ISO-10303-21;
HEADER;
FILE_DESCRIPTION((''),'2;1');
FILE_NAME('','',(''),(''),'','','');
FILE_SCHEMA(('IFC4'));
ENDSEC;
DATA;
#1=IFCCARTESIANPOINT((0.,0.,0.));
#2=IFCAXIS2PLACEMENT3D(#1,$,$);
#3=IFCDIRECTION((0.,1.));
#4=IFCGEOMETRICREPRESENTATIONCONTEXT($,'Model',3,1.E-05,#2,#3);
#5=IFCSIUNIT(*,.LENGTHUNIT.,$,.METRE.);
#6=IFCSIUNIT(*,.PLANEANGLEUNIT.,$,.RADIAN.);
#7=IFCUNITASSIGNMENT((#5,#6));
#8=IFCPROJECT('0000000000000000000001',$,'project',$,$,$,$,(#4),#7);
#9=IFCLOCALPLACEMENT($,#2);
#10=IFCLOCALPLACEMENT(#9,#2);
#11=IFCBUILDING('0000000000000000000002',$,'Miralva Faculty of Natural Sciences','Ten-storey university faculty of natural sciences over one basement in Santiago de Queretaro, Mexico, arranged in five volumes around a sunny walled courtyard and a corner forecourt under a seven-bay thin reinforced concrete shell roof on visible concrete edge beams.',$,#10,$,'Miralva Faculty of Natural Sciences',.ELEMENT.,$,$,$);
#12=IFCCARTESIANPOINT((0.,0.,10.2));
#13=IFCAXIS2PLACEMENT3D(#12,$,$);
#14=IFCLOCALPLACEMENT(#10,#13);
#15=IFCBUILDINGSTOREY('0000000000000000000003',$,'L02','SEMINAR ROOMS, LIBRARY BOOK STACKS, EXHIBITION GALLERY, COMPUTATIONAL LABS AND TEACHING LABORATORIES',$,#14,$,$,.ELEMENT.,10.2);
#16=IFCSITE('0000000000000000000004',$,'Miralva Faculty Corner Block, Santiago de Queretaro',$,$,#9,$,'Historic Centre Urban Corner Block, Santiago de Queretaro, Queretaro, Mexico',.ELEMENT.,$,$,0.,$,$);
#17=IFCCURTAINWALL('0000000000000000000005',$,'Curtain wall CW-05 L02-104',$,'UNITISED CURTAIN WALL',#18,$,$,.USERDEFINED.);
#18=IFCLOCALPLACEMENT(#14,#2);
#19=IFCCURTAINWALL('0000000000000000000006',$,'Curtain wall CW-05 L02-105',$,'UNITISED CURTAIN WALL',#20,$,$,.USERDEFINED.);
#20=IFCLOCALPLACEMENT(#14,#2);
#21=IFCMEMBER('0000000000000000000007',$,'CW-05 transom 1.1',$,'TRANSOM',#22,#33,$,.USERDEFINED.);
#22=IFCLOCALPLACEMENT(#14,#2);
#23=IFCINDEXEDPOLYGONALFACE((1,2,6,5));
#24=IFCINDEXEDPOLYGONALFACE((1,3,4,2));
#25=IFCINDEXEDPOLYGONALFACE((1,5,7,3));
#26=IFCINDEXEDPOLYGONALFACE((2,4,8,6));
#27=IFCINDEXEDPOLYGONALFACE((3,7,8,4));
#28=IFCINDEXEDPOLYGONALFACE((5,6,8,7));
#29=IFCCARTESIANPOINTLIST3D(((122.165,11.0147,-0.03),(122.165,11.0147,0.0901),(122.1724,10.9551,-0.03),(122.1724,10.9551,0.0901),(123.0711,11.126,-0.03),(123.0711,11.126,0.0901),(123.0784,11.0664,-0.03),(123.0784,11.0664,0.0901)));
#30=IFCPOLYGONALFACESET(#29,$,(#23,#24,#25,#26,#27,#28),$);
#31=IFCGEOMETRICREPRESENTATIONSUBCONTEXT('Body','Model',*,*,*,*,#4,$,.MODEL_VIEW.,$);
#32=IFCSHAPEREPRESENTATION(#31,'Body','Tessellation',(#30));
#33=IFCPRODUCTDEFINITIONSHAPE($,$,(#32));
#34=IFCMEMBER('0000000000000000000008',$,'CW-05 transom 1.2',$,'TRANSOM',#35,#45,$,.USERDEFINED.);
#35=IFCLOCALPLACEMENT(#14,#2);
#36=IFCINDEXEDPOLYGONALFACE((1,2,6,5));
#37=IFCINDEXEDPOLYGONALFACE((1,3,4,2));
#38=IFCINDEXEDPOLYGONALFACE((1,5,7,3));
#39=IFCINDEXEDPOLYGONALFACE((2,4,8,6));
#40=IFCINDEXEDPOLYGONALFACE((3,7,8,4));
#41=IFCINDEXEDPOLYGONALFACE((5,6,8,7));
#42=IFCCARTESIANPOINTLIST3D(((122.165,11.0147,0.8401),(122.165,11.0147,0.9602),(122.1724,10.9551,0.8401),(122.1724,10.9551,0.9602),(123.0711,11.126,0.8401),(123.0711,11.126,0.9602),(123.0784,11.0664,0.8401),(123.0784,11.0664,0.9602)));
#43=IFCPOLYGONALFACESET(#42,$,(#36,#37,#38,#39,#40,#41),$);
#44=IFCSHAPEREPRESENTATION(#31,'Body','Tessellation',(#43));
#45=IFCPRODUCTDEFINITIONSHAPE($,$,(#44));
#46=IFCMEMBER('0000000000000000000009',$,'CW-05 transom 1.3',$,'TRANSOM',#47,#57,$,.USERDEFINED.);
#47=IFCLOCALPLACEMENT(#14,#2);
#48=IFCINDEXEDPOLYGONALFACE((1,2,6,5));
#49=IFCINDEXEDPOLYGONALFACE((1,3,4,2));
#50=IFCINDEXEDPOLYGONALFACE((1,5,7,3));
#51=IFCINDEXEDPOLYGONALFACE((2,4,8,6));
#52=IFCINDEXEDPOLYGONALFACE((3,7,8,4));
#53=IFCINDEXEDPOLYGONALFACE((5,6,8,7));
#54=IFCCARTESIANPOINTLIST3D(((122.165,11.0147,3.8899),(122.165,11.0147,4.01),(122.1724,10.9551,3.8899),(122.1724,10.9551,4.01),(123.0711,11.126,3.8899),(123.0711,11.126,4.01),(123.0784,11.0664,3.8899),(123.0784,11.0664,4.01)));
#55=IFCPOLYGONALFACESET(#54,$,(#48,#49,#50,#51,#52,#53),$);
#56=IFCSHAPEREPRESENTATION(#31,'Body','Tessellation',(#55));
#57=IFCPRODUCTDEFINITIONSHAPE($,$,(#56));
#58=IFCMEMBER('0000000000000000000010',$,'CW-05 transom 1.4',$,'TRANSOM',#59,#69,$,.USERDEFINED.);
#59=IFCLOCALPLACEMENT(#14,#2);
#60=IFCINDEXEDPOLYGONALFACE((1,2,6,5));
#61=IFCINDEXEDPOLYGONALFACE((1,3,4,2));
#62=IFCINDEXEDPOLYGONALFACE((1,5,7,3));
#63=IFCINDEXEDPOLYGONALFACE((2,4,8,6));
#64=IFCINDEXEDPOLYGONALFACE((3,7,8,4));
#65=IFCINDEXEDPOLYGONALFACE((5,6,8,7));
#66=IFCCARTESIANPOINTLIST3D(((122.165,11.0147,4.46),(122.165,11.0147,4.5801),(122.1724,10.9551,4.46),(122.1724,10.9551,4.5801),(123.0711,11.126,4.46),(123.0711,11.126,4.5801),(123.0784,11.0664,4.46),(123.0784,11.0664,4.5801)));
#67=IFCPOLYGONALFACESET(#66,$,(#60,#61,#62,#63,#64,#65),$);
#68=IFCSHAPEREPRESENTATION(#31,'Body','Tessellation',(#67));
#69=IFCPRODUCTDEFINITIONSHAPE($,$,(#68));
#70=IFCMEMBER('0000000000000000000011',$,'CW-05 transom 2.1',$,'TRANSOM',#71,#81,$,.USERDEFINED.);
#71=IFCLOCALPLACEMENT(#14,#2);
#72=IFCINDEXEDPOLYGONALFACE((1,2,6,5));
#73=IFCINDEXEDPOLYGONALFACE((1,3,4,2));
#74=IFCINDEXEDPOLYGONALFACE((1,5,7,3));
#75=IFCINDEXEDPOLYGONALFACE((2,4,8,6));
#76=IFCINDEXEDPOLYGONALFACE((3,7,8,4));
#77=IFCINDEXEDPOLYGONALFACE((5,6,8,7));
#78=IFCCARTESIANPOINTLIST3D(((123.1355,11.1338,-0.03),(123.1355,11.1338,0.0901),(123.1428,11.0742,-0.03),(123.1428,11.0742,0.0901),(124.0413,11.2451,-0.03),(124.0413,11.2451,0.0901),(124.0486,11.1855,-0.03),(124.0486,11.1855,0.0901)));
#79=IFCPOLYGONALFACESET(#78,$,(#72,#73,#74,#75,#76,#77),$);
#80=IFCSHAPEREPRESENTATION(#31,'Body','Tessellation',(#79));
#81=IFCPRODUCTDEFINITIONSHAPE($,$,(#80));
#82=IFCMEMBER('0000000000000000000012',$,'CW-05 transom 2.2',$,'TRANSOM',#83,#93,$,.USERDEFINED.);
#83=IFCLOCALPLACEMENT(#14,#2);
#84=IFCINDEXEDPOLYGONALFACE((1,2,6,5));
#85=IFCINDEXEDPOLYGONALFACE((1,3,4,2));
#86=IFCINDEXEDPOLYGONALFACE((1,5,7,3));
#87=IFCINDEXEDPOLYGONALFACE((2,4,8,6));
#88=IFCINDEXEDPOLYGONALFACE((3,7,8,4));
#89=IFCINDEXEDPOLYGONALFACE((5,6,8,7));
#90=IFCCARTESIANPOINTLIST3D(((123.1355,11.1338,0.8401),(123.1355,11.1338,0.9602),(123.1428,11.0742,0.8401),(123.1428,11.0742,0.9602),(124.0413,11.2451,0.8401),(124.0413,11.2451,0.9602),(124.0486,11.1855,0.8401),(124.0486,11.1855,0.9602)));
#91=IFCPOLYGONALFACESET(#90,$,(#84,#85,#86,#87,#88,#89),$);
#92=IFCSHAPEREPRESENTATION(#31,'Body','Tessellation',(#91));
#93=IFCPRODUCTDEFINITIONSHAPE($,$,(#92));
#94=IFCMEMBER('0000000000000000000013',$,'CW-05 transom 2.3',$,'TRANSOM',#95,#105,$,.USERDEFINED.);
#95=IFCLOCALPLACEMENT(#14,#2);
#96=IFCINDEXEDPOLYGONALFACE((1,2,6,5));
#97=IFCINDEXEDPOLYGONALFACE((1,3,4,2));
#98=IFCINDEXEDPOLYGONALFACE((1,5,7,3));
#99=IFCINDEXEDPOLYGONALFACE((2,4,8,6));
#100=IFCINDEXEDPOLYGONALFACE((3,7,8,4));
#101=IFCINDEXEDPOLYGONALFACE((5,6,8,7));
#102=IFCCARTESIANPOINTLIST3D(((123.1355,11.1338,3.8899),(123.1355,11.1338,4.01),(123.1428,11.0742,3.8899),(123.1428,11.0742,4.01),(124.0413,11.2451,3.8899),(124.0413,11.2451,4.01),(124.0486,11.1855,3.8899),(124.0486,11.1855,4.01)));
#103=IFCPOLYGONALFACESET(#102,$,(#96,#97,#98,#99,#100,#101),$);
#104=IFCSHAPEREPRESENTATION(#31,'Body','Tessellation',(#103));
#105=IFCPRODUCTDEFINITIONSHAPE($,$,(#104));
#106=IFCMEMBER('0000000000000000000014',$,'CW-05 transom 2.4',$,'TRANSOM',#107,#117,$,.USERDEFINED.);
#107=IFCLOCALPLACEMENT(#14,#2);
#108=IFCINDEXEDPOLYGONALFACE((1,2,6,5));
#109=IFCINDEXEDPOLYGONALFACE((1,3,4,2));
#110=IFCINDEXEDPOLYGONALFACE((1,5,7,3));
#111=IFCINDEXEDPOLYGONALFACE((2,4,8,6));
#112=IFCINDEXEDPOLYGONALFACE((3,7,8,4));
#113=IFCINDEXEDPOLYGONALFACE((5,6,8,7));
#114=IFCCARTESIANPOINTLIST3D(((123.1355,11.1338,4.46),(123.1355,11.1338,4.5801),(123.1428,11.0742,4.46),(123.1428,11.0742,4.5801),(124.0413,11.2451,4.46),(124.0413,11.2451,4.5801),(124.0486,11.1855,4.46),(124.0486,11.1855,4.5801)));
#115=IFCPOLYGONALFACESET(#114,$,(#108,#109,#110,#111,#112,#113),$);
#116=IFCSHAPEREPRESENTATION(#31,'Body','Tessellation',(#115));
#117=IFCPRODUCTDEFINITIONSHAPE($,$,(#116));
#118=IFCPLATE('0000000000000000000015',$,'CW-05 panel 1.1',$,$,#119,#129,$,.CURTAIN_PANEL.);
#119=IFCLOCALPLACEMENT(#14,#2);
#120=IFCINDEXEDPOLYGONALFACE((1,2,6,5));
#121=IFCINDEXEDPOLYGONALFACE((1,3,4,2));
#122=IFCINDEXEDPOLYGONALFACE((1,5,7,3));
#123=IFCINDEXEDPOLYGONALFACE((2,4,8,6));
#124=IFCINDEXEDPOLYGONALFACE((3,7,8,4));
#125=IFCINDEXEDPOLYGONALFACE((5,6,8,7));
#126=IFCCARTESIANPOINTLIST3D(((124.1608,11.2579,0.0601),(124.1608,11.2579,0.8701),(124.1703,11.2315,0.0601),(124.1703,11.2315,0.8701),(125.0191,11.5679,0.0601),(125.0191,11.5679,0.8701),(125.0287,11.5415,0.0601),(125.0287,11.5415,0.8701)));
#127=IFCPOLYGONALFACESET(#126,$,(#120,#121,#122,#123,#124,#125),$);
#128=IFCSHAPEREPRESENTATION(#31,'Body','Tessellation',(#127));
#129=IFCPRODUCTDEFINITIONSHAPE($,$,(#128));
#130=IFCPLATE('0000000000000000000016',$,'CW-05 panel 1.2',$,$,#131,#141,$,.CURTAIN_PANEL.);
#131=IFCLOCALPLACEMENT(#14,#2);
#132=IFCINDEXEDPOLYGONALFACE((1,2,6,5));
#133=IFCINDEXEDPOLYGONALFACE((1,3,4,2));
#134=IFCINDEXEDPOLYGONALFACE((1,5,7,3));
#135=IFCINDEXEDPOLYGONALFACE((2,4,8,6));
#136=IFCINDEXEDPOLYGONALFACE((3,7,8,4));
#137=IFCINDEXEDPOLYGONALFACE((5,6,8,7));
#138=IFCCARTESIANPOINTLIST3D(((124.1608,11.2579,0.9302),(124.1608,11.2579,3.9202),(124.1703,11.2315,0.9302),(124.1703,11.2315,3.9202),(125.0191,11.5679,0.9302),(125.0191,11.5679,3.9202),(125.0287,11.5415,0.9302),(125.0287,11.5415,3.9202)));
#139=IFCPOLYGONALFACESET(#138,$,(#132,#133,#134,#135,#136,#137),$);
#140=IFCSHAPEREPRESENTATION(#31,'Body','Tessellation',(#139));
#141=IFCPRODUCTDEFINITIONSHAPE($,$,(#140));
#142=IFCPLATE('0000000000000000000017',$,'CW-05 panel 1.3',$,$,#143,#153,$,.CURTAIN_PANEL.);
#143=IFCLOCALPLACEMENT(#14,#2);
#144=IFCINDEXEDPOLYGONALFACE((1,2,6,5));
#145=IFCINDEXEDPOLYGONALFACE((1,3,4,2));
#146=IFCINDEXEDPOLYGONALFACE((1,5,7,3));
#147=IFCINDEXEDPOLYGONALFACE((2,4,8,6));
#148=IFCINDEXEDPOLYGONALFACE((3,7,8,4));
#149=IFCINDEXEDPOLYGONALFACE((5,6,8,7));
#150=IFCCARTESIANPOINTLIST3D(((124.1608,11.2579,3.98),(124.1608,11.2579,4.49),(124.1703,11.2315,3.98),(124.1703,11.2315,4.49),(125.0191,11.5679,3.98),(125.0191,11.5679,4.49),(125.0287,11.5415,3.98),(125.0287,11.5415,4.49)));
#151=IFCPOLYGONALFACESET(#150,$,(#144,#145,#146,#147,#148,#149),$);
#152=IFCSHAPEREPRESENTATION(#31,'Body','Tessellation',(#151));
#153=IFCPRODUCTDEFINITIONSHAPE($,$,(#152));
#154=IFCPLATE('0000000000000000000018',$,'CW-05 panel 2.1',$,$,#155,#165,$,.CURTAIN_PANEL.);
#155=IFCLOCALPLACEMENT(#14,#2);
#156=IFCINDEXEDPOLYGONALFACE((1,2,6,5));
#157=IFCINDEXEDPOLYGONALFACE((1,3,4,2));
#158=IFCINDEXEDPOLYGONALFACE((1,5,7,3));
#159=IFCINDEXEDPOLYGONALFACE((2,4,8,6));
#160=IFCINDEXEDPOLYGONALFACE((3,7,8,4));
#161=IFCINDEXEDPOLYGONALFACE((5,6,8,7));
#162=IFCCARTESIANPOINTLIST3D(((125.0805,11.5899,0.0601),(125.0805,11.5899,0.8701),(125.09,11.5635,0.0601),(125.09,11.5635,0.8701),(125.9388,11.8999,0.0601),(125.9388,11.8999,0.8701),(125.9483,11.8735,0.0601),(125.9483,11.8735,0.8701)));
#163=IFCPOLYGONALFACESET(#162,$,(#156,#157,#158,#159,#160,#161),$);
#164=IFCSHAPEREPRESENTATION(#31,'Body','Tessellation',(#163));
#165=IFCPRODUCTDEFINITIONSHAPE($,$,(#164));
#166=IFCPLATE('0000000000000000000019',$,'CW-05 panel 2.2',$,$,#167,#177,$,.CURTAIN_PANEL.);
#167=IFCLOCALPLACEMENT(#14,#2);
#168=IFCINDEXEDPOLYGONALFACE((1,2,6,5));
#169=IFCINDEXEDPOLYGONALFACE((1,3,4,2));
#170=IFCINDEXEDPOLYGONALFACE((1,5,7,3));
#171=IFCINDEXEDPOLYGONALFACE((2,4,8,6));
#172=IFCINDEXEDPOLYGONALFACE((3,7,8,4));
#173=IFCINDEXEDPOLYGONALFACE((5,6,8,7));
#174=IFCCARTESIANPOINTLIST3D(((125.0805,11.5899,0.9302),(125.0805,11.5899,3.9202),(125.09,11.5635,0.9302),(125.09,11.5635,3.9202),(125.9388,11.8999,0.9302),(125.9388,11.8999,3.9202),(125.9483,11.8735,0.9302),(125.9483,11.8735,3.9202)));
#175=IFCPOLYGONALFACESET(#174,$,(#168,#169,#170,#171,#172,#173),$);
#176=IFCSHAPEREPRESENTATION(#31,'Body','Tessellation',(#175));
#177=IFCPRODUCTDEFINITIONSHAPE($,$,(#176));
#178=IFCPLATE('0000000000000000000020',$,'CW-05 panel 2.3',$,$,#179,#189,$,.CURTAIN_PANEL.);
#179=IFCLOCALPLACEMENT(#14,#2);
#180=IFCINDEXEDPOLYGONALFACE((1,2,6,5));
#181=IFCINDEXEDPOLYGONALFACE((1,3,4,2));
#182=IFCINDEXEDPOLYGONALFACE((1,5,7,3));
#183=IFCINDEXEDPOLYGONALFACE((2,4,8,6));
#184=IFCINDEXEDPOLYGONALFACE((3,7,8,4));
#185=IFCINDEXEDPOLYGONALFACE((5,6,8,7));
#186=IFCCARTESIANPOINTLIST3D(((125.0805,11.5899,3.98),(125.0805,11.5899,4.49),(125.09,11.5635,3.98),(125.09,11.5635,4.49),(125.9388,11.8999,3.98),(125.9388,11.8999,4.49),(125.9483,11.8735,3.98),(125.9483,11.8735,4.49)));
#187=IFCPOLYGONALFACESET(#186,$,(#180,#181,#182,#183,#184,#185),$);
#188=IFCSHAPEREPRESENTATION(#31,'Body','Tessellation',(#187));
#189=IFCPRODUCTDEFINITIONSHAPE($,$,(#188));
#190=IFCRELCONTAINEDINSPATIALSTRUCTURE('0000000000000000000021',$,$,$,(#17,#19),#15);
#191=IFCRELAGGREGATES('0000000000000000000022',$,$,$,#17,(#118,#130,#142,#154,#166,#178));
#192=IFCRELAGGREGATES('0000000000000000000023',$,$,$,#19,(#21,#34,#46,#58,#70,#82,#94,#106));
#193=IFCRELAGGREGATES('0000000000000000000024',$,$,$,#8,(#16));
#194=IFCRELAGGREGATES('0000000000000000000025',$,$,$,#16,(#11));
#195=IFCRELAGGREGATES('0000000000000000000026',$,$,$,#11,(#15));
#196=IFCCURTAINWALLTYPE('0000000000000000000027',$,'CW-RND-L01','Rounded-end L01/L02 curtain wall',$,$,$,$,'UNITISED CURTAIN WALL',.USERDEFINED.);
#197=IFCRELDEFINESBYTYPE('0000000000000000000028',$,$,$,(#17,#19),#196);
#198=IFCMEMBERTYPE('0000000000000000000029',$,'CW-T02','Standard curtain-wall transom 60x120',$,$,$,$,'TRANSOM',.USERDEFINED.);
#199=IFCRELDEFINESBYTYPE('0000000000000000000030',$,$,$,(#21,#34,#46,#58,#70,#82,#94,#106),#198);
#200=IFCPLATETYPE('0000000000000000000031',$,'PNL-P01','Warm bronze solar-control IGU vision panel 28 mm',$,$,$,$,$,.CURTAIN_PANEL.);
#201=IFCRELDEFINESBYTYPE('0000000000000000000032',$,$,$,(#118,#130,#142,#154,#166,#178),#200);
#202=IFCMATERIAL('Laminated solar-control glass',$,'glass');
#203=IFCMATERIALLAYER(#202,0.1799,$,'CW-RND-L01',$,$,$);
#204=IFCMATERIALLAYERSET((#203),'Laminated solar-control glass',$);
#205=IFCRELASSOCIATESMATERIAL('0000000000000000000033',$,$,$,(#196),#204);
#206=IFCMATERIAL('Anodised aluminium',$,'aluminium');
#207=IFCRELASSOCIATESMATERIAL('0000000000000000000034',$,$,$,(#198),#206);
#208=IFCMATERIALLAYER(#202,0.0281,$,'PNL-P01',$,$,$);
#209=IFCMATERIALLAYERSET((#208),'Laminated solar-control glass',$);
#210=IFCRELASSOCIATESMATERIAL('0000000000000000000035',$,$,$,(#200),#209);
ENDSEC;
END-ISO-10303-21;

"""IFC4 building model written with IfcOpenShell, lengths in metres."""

from ifc_helpers import new_model, si_unit, direction, frame, origin, origin_2d, place, context, subcontext, project, spatial, rectangle, extrude, material, layer, layer_set, material_profile, profile_set, type_object, element, aggregate, save


model = new_model("IFC4")

# Units and contexts
model_context = context("Model", 3, precision=1e-05, world=origin(), true_north=direction((0.0, 1.0)))
body_context = subcontext(model_context, "Body", "Model", "MODEL_VIEW")
ifc_project = project(units=[si_unit("LENGTHUNIT", "METRE"), si_unit("PLANEANGLEUNIT", "RADIAN")], contexts=[model_context])

# Site, building, storey
site_placement = place(None, origin())
site = spatial("IfcSite", under=ifc_project, at=site_placement, Name="Miralva Faculty Corner Block, Santiago de Queretaro", LongName="Historic Centre Urban Corner Block, Santiago de Queretaro, Queretaro, Mexico", CompositionType="ELEMENT", RefElevation=0.0)
building_placement = place(site_placement, origin())
building = spatial("IfcBuilding", under=site, at=building_placement, Name="Miralva Faculty of Natural Sciences", Description="Ten-storey university faculty of natural sciences over one basement in Santiago de Queretaro, Mexico, arranged in five volumes around a sunny walled courtyard and a corner forecourt under a seven-bay thin reinforced concrete shell roof on visible concrete edge beams.", LongName="Miralva Faculty of Natural Sciences", CompositionType="ELEMENT")
storey_placement = place(building_placement, frame((0.0, 0.0, 10.2)))
storey = spatial("IfcBuildingStorey", under=building, at=storey_placement, Name="L02", Description="SEMINAR ROOMS, LIBRARY BOOK STACKS, EXHIBITION GALLERY, COMPUTATIONAL LABS AND TEACHING LABORATORIES", CompositionType="ELEMENT", Elevation=10.2)

# Curtain walls
ifc_material_1 = material(Name="Laminated solar-control glass", Category="glass")
ifc_layer_1 = layer(ifc_material_1, 0.1799, Name="CW-RND-L01")
ifc_layer_set_1 = layer_set([ifc_layer_1], Name="Laminated solar-control glass")
curtain_wall_type = type_object("IfcCurtainWallType", Name="CW-RND-L01", Description="Rounded-end L01/L02 curtain wall", ElementType="UNITISED CURTAIN WALL", PredefinedType="USERDEFINED", material=ifc_layer_set_1)
curtain_wall_1_placement = place(storey_placement, origin())
curtain_wall_1 = element("IfcCurtainWall", 1, at=curtain_wall_1_placement, inside=storey, type_object=curtain_wall_type, Name="Curtain wall CW-05 L02-104", ObjectType="UNITISED CURTAIN WALL", PredefinedType="USERDEFINED")
ifc_material_2 = material(Name="Anodised aluminium", Category="aluminium")
curtain_wall_2_placement = place(storey_placement, origin())
curtain_wall_2 = element("IfcCurtainWall", 2, at=curtain_wall_2_placement, inside=storey, type_object=curtain_wall_type, Name="Curtain wall CW-05 L02-105", ObjectType="UNITISED CURTAIN WALL", PredefinedType="USERDEFINED")

# Members
ifc_material_profile_1 = material_profile(ifc_material_2, rectangle(XDim=0.0601, YDim=0.1201, at=origin_2d()), Name="TRANSOM 60x120")
ifc_profile_set_1 = profile_set([ifc_material_profile_1], Name="Anodised aluminium")
member_type_1 = type_object("IfcMemberType", Name="CW-T02", Description="Standard curtain-wall transom 60x120", ElementType="TRANSOM", PredefinedType="USERDEFINED", material=ifc_profile_set_1)
member_1_placement = place(storey_placement, frame((122.1687, 10.9849, 0.03), z_axis=(0.992535, 0.121961, 0.0), x_axis=(-0.121961, 0.992535, 0.0)))
member_1 = element("IfcMember", 3, at=member_1_placement, type_object=member_type_1, Name="CW-05 transom 1.1", ObjectType="TRANSOM", PredefinedType="USERDEFINED", context=body_context, shape_type="SweptSolid", body=[
    extrude(rectangle(XDim=0.0601, YDim=0.1201, at=origin_2d()), origin(), (0.0, 0.0, 1.0), 0.9128),
])
member_2_placement = place(storey_placement, frame((122.1687, 10.9849, 0.9001), z_axis=(0.992535, 0.121961, 0.0), x_axis=(-0.121961, 0.992535, 0.0)))
member_2 = element("IfcMember", 4, at=member_2_placement, type_object=member_type_1, Name="CW-05 transom 1.2", ObjectType="TRANSOM", PredefinedType="USERDEFINED", context=body_context, shape_type="SweptSolid", body=[
    extrude(rectangle(XDim=0.0601, YDim=0.1201, at=origin_2d()), origin(), (0.0, 0.0, 1.0), 0.9128),
])
member_3_placement = place(storey_placement, frame((122.1687, 10.9849, 3.95), z_axis=(0.992535, 0.121961, 0.0), x_axis=(-0.121961, 0.992535, 0.0)))
member_3 = element("IfcMember", 5, at=member_3_placement, type_object=member_type_1, Name="CW-05 transom 1.3", ObjectType="TRANSOM", PredefinedType="USERDEFINED", context=body_context, shape_type="SweptSolid", body=[
    extrude(rectangle(XDim=0.0601, YDim=0.1201, at=origin_2d()), origin(), (0.0, 0.0, 1.0), 0.9128),
])
member_4_placement = place(storey_placement, frame((122.1687, 10.9849, 4.52), z_axis=(0.992535, 0.121961, 0.0), x_axis=(-0.121961, 0.992535, 0.0)))
member_4 = element("IfcMember", 6, at=member_4_placement, type_object=member_type_1, Name="CW-05 transom 1.4", ObjectType="TRANSOM", PredefinedType="USERDEFINED", context=body_context, shape_type="SweptSolid", body=[
    extrude(rectangle(XDim=0.0601, YDim=0.1201, at=origin_2d()), origin(), (0.0, 0.0, 1.0), 0.9128),
])
member_5_placement = place(storey_placement, frame((123.1392, 11.104, 0.03), z_axis=(0.992531, 0.121993, 0.0), x_axis=(-0.121993, 0.992531, 0.0)))
member_5 = element("IfcMember", 7, at=member_5_placement, type_object=member_type_1, Name="CW-05 transom 2.1", ObjectType="TRANSOM", PredefinedType="USERDEFINED", context=body_context, shape_type="SweptSolid", body=[
    extrude(rectangle(XDim=0.0601, YDim=0.1201, at=origin_2d()), origin(), (0.0, 0.0, 1.0), 0.9126),
])
member_6_placement = place(storey_placement, frame((123.1392, 11.104, 0.9001), z_axis=(0.992531, 0.121993, 0.0), x_axis=(-0.121993, 0.992531, 0.0)))
member_6 = element("IfcMember", 8, at=member_6_placement, type_object=member_type_1, Name="CW-05 transom 2.2", ObjectType="TRANSOM", PredefinedType="USERDEFINED", context=body_context, shape_type="SweptSolid", body=[
    extrude(rectangle(XDim=0.0601, YDim=0.1201, at=origin_2d()), origin(), (0.0, 0.0, 1.0), 0.9126),
])
member_7_placement = place(storey_placement, frame((123.1392, 11.104, 3.95), z_axis=(0.992531, 0.121993, 0.0), x_axis=(-0.121993, 0.992531, 0.0)))
member_7 = element("IfcMember", 9, at=member_7_placement, type_object=member_type_1, Name="CW-05 transom 2.3", ObjectType="TRANSOM", PredefinedType="USERDEFINED", context=body_context, shape_type="SweptSolid", body=[
    extrude(rectangle(XDim=0.0601, YDim=0.1201, at=origin_2d()), origin(), (0.0, 0.0, 1.0), 0.9126),
])
member_8_placement = place(storey_placement, frame((123.1392, 11.104, 4.52), z_axis=(0.992531, 0.121993, 0.0), x_axis=(-0.121993, 0.992531, 0.0)))
member_8 = element("IfcMember", 10, at=member_8_placement, type_object=member_type_1, Name="CW-05 transom 2.4", ObjectType="TRANSOM", PredefinedType="USERDEFINED", context=body_context, shape_type="SweptSolid", body=[
    extrude(rectangle(XDim=0.0601, YDim=0.1201, at=origin_2d()), origin(), (0.0, 0.0, 1.0), 0.9126),
])

# Plates
ifc_layer_2 = layer(ifc_material_1, 0.0281, Name="PNL-P01")
ifc_layer_set_2 = layer_set([ifc_layer_2], Name="Laminated solar-control glass")
plate_type = type_object("IfcPlateType", Name="PNL-P01", Description="Warm bronze solar-control IGU vision panel 28 mm", PredefinedType="CURTAIN_PANEL", material=ifc_layer_set_2)
plate_1_placement = place(storey_placement, frame((124.5947, 11.3997, 0.0601), z_axis=(0.0, 0.0, 1.0), x_axis=(0.940535, 0.339696, 0.0)))
plate_1 = element("IfcPlate", 11, at=plate_1_placement, type_object=plate_type, Name="CW-05 panel 1.1", PredefinedType="CURTAIN_PANEL", context=body_context, shape_type="SweptSolid", body=[
    extrude(rectangle(XDim=0.9126, YDim=0.0281, at=origin_2d()), origin(), (0.0, 0.0, 1.0), 0.8101),
])
plate_2_placement = place(storey_placement, frame((124.5947, 11.3997, 0.9302), z_axis=(0.0, 0.0, 1.0), x_axis=(0.940535, 0.339696, 0.0)))
plate_2 = element("IfcPlate", 12, at=plate_2_placement, type_object=plate_type, Name="CW-05 panel 1.2", PredefinedType="CURTAIN_PANEL", context=body_context, shape_type="SweptSolid", body=[
    extrude(rectangle(XDim=0.9126, YDim=0.0281, at=origin_2d()), origin(), (0.0, 0.0, 1.0), 2.99),
])
plate_3_placement = place(storey_placement, frame((124.5947, 11.3997, 3.98), z_axis=(0.0, 0.0, 1.0), x_axis=(0.940535, 0.339696, 0.0)))
plate_3 = element("IfcPlate", 13, at=plate_3_placement, type_object=plate_type, Name="CW-05 panel 1.3", PredefinedType="CURTAIN_PANEL", context=body_context, shape_type="SweptSolid", body=[
    extrude(rectangle(XDim=0.9126, YDim=0.0281, at=origin_2d()), origin(), (0.0, 0.0, 1.0), 0.51),
])
plate_4_placement = place(storey_placement, frame((125.5144, 11.7317, 0.0601), z_axis=(0.0, 0.0, 1.0), x_axis=(0.940535, 0.339696, 0.0)))
plate_4 = element("IfcPlate", 14, at=plate_4_placement, type_object=plate_type, Name="CW-05 panel 2.1", PredefinedType="CURTAIN_PANEL", context=body_context, shape_type="SweptSolid", body=[
    extrude(rectangle(XDim=0.9126, YDim=0.0281, at=origin_2d()), origin(), (0.0, 0.0, 1.0), 0.8101),
])
plate_5_placement = place(storey_placement, frame((125.5144, 11.7317, 0.9302), z_axis=(0.0, 0.0, 1.0), x_axis=(0.940535, 0.339696, 0.0)))
plate_5 = element("IfcPlate", 15, at=plate_5_placement, type_object=plate_type, Name="CW-05 panel 2.2", PredefinedType="CURTAIN_PANEL", context=body_context, shape_type="SweptSolid", body=[
    extrude(rectangle(XDim=0.9126, YDim=0.0281, at=origin_2d()), origin(), (0.0, 0.0, 1.0), 2.99),
])
plate_6_placement = place(storey_placement, frame((125.5144, 11.7317, 3.98), z_axis=(0.0, 0.0, 1.0), x_axis=(0.940535, 0.339696, 0.0)))
plate_6 = element("IfcPlate", 16, at=plate_6_placement, type_object=plate_type, Name="CW-05 panel 2.3", PredefinedType="CURTAIN_PANEL", context=body_context, shape_type="SweptSolid", body=[
    extrude(rectangle(XDim=0.9126, YDim=0.0281, at=origin_2d()), origin(), (0.0, 0.0, 1.0), 0.51),
])
aggregate(curtain_wall_1, [plate_1, plate_2, plate_3, plate_4, plate_5, plate_6])
aggregate(curtain_wall_2, [member_1, member_2, member_3, member_4, member_5, member_6, member_7, member_8])

save(model, "model.ifc")
